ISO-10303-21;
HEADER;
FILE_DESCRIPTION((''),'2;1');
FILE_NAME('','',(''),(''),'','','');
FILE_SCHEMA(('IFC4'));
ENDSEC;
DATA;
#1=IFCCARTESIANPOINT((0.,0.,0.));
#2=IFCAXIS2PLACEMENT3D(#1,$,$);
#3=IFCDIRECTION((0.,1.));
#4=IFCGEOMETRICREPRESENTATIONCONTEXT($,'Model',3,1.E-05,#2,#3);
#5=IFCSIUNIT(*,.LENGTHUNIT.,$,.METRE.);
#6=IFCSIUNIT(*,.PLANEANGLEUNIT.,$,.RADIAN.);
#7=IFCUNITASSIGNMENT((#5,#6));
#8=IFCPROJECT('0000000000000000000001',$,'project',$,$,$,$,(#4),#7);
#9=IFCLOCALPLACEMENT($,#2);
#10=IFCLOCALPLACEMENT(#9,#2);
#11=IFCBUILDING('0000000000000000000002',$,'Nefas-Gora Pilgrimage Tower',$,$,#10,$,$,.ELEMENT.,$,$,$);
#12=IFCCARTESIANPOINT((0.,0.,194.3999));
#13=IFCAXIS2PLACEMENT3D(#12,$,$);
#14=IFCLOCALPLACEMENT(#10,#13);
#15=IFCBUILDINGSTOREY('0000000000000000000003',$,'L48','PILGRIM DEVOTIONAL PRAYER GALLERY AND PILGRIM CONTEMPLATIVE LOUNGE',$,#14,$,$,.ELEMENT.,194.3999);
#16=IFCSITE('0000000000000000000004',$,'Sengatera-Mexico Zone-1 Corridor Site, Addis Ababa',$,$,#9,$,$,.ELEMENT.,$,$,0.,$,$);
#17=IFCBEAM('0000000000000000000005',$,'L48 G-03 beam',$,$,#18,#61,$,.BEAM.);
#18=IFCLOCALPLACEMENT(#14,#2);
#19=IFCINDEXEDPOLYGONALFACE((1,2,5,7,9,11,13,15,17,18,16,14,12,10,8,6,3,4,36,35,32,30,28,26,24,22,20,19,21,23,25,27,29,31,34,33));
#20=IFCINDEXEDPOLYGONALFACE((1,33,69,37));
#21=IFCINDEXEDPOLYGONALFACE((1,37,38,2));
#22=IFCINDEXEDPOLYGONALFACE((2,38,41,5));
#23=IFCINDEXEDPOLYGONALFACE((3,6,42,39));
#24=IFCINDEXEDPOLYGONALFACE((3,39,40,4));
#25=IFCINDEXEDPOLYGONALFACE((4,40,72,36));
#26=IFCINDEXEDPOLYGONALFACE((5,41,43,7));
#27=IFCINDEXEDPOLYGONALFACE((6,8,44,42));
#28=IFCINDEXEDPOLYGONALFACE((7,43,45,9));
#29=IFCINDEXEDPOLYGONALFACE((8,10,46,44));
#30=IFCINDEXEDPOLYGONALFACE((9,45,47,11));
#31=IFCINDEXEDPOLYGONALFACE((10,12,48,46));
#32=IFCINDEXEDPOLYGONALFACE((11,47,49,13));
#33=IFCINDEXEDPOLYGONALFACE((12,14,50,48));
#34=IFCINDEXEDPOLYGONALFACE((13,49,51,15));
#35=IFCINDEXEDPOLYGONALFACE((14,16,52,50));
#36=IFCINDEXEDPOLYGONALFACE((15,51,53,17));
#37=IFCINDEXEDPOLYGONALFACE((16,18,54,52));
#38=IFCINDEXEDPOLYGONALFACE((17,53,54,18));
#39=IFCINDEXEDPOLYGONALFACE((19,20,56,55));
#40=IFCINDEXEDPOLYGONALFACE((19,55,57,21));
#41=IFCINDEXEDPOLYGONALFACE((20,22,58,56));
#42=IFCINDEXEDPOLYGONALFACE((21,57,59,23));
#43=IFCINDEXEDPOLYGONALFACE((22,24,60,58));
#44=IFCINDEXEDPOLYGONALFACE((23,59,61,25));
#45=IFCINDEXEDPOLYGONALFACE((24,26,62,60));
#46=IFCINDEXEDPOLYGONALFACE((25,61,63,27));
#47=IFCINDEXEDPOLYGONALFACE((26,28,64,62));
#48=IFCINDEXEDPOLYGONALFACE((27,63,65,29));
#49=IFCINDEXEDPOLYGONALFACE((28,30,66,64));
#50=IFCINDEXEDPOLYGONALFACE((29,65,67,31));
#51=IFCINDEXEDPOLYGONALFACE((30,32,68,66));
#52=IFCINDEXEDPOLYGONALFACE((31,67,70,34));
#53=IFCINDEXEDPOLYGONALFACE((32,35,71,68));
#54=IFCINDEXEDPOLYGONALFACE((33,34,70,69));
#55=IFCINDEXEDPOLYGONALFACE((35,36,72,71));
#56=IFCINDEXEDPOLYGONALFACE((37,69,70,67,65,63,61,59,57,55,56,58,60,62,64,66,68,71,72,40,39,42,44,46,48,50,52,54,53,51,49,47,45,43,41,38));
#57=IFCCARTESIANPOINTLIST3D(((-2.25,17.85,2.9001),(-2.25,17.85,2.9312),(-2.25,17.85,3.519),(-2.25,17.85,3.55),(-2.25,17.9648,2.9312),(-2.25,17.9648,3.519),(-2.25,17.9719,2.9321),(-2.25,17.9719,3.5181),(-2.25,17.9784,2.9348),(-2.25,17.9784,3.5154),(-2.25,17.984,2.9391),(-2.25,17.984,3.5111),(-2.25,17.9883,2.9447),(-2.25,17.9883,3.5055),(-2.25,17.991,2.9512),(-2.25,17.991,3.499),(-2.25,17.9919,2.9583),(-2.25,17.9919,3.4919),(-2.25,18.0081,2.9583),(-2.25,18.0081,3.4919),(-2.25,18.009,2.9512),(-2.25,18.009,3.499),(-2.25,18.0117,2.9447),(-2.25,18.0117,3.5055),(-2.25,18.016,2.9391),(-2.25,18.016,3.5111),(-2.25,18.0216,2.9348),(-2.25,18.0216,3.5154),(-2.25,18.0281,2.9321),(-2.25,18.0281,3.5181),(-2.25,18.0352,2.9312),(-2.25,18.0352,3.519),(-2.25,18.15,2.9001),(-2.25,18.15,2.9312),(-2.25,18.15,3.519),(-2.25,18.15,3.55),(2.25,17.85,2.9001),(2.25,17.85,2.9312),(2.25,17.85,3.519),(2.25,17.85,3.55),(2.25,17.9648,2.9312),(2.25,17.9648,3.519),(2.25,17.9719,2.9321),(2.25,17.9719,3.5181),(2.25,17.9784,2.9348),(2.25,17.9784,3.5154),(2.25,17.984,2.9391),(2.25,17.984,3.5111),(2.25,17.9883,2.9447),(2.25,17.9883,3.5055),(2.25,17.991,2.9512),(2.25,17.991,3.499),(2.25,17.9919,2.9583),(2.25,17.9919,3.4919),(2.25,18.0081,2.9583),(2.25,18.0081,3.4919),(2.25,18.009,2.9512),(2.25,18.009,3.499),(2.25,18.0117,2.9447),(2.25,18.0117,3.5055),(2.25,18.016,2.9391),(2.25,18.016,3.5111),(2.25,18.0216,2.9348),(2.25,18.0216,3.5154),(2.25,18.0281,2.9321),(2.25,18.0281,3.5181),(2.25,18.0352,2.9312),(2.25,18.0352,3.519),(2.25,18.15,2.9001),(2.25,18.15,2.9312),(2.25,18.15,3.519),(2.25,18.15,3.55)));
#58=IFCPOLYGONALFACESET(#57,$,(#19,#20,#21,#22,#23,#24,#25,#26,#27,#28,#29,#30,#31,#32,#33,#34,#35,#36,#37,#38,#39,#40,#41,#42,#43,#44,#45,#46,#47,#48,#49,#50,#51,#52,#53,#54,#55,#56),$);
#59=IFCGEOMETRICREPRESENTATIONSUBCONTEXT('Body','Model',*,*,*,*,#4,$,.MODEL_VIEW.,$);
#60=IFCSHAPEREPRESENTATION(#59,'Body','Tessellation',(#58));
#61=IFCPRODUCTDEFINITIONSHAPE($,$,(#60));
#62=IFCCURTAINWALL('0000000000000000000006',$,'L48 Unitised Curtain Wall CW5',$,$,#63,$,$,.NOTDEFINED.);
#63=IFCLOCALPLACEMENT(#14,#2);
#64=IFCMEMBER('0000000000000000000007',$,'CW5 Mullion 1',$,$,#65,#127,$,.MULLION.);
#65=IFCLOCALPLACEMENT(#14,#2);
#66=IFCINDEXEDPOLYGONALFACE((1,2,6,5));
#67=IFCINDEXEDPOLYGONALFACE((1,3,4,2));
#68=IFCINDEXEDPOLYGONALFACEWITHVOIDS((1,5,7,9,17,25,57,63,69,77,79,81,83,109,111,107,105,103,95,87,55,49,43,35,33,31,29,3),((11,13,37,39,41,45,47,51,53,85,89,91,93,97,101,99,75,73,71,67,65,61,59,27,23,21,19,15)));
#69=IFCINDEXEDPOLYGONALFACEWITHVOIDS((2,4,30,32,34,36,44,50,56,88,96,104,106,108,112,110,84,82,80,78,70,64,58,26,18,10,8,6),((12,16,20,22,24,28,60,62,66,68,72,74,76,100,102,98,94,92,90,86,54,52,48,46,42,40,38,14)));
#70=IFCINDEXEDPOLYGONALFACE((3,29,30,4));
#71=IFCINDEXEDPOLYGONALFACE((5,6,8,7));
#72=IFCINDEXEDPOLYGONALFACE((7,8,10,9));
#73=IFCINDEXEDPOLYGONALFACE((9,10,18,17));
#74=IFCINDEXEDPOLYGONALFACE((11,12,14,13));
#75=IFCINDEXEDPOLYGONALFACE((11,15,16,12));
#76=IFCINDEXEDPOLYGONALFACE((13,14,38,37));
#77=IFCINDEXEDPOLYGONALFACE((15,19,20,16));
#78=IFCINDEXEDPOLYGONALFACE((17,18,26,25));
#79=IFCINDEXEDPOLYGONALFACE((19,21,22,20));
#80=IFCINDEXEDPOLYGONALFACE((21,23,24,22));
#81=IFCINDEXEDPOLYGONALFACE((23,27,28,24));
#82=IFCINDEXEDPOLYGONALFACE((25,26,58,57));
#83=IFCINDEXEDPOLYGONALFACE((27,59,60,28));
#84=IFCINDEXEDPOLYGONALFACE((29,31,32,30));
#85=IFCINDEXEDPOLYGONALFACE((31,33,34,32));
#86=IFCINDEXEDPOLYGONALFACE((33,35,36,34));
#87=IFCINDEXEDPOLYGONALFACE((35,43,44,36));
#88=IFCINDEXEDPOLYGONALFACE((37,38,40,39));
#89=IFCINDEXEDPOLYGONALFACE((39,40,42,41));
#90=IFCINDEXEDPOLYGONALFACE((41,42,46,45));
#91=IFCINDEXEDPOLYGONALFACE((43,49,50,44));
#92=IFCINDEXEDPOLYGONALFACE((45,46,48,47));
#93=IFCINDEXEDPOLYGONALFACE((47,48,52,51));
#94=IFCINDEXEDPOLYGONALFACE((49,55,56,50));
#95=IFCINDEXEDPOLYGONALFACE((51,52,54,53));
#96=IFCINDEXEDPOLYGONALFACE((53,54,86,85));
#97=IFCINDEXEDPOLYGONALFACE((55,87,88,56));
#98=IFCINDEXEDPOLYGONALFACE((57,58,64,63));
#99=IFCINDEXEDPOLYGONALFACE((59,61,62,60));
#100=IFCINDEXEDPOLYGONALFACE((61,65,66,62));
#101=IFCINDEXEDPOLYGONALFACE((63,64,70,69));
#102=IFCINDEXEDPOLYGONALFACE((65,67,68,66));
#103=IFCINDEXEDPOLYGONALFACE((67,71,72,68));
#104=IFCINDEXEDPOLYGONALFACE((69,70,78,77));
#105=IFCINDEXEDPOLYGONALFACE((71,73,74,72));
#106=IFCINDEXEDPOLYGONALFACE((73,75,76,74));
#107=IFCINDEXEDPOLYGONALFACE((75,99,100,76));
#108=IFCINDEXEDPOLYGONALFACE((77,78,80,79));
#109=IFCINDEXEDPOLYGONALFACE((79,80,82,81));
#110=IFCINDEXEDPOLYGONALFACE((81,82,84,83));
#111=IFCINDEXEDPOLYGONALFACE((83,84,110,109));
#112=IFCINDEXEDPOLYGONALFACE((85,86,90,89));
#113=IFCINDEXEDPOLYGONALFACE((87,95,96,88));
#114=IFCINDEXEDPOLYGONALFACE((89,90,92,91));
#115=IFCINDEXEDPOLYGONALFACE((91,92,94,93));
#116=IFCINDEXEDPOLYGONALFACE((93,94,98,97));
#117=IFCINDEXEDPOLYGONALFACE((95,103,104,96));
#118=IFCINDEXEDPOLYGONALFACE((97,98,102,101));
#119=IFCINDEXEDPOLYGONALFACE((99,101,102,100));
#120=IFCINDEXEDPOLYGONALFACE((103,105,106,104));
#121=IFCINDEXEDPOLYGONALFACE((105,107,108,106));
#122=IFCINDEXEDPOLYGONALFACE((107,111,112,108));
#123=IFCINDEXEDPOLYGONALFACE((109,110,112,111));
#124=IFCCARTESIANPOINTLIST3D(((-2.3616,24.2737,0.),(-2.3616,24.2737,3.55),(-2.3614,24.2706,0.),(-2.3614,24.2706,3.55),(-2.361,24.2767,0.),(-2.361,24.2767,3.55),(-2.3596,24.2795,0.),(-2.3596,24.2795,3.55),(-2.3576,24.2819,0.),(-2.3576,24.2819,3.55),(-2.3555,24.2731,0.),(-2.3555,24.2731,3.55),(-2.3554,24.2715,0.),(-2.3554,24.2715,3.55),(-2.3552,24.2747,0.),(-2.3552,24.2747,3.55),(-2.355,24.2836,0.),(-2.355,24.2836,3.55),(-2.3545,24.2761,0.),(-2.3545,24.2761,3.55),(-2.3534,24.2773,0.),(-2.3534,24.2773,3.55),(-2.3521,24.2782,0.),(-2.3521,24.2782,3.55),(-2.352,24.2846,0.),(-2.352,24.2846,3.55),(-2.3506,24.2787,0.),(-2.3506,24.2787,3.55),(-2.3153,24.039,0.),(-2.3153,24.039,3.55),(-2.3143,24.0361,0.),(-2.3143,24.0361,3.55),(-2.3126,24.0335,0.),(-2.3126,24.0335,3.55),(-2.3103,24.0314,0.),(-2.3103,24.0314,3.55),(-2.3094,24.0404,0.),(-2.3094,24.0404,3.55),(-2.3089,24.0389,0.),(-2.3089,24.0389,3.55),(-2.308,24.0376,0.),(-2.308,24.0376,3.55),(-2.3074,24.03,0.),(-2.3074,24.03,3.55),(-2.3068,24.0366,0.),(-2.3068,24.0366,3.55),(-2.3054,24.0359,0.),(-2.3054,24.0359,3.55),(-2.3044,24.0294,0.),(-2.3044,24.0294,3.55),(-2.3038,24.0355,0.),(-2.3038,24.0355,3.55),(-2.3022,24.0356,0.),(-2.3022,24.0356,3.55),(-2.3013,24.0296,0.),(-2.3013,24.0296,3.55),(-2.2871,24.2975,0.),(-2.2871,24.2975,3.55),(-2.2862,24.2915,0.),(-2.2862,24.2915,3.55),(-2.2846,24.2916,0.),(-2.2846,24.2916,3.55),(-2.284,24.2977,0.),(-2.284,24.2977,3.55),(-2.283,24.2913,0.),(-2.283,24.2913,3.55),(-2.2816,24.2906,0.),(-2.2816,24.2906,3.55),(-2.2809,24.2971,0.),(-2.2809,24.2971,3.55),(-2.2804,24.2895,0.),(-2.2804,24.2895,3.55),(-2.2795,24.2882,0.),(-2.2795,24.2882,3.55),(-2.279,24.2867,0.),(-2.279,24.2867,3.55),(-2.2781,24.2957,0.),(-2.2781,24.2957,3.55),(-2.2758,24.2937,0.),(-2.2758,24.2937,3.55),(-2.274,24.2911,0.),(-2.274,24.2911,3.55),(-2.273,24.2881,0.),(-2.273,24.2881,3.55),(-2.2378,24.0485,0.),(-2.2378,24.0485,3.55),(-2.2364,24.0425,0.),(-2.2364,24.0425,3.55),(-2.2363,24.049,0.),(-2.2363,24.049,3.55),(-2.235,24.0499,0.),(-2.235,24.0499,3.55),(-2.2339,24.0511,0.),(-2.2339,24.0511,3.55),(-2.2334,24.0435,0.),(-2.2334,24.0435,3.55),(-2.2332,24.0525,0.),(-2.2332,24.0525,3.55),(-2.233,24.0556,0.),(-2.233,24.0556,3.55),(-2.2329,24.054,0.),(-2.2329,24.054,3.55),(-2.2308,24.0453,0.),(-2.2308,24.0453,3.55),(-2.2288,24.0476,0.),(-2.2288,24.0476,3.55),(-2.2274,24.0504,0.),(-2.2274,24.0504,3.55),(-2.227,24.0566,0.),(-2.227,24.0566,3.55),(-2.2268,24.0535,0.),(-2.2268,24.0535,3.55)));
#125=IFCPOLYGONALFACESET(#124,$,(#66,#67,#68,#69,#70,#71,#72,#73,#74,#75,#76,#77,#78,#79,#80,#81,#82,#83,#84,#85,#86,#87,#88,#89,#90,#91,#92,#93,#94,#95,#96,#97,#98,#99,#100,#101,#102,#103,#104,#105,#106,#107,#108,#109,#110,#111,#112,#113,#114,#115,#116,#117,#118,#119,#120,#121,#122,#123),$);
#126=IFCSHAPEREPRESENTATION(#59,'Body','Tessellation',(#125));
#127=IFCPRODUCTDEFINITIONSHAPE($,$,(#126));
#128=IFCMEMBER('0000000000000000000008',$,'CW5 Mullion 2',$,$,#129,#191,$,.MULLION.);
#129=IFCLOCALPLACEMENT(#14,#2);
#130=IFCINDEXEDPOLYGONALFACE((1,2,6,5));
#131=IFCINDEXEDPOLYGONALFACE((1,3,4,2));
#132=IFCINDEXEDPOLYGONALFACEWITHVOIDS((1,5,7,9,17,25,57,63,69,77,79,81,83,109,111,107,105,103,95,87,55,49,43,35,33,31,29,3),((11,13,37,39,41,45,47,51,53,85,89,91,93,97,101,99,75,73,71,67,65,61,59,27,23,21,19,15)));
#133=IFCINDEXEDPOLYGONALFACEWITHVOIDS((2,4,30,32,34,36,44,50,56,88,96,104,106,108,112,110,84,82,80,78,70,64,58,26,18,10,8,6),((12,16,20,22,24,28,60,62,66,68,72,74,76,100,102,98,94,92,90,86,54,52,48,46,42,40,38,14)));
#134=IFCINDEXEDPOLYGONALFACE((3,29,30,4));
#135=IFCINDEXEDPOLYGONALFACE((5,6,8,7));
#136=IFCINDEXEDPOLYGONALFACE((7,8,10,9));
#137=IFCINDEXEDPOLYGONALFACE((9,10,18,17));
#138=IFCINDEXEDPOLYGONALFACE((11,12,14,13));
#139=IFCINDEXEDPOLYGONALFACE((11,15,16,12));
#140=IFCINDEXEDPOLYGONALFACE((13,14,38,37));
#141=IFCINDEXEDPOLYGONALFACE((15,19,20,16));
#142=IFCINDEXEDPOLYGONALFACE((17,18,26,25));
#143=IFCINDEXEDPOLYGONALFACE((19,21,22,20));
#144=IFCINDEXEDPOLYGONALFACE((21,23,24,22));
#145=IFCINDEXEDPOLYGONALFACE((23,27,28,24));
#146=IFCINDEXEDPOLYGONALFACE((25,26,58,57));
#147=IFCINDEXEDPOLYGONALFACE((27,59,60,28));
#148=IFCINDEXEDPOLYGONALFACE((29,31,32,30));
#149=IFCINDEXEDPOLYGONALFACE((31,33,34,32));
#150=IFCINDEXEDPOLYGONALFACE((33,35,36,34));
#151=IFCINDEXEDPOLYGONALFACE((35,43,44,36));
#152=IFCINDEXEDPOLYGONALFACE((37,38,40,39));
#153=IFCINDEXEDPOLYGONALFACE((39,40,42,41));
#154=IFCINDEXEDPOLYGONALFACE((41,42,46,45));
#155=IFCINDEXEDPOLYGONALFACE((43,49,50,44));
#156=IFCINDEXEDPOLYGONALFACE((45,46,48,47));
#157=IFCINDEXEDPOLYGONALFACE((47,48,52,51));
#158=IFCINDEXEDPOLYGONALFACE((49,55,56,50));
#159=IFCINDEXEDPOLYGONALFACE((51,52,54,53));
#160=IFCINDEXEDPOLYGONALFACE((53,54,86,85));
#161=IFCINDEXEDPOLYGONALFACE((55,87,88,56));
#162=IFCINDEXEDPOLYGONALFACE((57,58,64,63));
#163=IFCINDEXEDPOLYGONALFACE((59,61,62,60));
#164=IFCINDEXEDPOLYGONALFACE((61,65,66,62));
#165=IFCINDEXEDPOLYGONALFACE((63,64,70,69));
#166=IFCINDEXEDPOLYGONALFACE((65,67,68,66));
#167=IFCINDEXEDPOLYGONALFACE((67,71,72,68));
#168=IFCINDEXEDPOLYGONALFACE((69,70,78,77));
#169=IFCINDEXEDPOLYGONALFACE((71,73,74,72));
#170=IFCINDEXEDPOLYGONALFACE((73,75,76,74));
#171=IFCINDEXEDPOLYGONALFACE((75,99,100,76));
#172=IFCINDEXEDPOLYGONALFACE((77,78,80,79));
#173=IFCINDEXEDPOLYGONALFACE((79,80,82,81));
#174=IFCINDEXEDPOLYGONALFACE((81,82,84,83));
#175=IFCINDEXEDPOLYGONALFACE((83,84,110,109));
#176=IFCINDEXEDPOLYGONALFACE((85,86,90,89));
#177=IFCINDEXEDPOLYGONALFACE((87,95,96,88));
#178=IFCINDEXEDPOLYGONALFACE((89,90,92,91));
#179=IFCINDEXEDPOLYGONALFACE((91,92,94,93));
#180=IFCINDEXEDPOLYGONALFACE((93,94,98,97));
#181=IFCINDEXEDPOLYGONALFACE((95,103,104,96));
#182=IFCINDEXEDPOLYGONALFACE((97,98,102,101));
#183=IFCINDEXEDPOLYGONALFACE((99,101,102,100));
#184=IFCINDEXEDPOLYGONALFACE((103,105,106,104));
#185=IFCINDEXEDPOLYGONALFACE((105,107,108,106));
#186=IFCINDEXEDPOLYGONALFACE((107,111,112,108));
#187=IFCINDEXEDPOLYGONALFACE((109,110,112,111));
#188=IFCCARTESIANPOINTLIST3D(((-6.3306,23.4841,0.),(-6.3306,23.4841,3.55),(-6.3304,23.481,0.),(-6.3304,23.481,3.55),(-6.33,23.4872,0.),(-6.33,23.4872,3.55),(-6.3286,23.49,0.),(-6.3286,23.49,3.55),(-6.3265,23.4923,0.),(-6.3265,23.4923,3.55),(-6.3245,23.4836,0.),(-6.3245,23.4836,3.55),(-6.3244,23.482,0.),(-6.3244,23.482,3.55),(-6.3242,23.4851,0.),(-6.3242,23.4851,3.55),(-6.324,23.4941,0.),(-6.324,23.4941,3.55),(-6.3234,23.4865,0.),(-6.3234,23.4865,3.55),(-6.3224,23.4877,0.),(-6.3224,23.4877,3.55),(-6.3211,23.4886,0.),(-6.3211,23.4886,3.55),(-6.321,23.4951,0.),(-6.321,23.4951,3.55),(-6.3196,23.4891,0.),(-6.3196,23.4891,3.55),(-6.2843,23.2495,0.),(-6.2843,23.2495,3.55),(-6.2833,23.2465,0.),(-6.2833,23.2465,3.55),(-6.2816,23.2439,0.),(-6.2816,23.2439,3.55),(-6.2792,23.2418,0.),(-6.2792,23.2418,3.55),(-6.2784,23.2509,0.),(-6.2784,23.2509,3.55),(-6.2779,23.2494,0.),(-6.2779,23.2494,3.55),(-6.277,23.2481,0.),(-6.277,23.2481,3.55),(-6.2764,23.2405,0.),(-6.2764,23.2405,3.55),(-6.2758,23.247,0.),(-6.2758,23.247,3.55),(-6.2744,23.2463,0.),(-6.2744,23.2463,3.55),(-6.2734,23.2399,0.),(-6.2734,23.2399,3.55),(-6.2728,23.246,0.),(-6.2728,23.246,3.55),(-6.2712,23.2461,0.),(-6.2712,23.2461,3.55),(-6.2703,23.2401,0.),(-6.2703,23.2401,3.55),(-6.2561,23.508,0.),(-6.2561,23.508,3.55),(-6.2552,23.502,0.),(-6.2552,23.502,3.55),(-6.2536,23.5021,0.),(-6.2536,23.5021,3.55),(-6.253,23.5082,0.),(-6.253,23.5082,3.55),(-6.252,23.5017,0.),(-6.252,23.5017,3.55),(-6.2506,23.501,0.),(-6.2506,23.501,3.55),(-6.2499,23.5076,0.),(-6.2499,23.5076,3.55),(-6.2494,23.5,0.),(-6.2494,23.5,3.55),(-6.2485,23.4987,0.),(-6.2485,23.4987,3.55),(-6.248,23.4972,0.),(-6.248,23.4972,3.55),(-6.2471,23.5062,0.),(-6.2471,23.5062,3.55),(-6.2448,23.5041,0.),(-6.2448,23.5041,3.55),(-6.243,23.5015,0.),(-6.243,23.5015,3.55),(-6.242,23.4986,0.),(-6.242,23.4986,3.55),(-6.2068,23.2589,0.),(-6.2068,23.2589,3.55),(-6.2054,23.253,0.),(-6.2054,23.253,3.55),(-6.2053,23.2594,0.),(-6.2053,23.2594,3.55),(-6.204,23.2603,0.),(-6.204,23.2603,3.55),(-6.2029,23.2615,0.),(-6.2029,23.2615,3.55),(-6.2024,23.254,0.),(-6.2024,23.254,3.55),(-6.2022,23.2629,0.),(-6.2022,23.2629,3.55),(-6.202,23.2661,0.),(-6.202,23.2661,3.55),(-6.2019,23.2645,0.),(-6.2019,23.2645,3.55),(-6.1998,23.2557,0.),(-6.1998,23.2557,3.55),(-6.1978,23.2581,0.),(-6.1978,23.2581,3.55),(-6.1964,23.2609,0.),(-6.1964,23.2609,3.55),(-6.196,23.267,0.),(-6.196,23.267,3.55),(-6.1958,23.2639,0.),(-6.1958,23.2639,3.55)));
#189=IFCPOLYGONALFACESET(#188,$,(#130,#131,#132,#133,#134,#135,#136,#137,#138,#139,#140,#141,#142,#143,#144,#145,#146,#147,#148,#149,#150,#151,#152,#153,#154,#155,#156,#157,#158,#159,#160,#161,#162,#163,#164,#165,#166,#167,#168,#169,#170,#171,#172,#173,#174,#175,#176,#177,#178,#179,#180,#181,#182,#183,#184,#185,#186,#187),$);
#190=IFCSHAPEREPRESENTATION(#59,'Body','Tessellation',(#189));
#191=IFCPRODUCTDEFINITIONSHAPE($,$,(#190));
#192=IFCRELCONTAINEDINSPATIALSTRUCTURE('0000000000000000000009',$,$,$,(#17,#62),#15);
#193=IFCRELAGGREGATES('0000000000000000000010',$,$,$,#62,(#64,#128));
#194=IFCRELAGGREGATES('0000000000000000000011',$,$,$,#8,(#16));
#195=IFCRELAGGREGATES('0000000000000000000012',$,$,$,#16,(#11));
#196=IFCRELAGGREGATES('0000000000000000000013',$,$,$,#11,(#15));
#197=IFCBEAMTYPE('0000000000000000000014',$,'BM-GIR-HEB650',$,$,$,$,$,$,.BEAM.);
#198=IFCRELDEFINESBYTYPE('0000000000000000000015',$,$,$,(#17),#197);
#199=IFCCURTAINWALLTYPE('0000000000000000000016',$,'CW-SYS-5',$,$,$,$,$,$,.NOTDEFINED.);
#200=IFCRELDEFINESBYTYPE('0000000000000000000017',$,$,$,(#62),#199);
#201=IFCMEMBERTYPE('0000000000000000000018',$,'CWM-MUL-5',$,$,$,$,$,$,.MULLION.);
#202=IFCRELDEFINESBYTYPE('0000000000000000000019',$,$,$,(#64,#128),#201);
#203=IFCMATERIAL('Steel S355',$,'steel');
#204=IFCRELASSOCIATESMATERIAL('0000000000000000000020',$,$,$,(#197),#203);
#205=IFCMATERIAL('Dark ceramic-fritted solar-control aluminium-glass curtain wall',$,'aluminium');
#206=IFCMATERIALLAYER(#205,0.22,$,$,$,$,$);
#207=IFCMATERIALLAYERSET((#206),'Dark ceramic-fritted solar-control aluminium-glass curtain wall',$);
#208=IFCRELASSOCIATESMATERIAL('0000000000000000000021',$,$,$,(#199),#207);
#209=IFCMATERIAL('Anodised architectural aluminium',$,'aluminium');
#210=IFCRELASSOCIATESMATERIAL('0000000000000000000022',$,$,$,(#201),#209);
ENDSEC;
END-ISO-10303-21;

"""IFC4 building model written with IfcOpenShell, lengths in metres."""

from ifc_helpers import new_model, si_unit, direction, frame, origin, origin_2d, place, context, subcontext, project, spatial, hollow_rectangle, i_section, extrude, source, transform, mapped, material, layer, layer_set, material_profile, profile_set, type_object, element, aggregate, save


model = new_model("IFC4")

# Units and contexts
model_context = context("Model", 3, precision=1e-05, world=origin(), true_north=direction((0.0, 1.0)))
body_context = subcontext(model_context, "Body", "Model", "MODEL_VIEW")
ifc_project = project(units=[si_unit("LENGTHUNIT", "METRE"), si_unit("PLANEANGLEUNIT", "RADIAN")], contexts=[model_context])

# Site, building, storey
site_placement = place(None, origin())
site = spatial("IfcSite", under=ifc_project, at=site_placement, Name="Sengatera-Mexico Zone-1 Corridor Site, Addis Ababa", CompositionType="ELEMENT", RefElevation=0.0)
building_placement = place(site_placement, origin())
building = spatial("IfcBuilding", under=site, at=building_placement, Name="Nefas-Gora Pilgrimage Tower", CompositionType="ELEMENT")
storey_placement = place(building_placement, frame((0.0, 0.0, 194.3999)))
storey = spatial("IfcBuildingStorey", under=building, at=storey_placement, Name="L48", Description="PILGRIM DEVOTIONAL PRAYER GALLERY AND PILGRIM CONTEMPLATIVE LOUNGE", CompositionType="ELEMENT", Elevation=194.3999)

# Beam
ifc_material_1 = material(Name="Steel S355", Category="steel")
ifc_material_profile_1 = material_profile(ifc_material_1, i_section(OverallWidth=0.3, OverallDepth=0.6499, WebThickness=0.0161, FlangeThickness=0.031, FilletRadius=0.0271, at=origin_2d()), Name="HEB 650")
ifc_profile_set_1 = profile_set([ifc_material_profile_1], Name="Steel S355")
beam_type = type_object("IfcBeamType", Name="BM-GIR-HEB650", PredefinedType="BEAM", material=ifc_profile_set_1)
shared_shape_1 = source(origin(), body_context, "Body", "SweptSolid", [
    extrude(i_section(OverallWidth=0.3, OverallDepth=0.6499, WebThickness=0.0161, FlangeThickness=0.031, FilletRadius=0.0271, at=origin_2d()), origin(), (0.0, 0.0, 1.0), 4.5),
])
for number, where, z_axis, x_axis, name in (
    (1, (-2.25, 18.0, 3.2251), (1.0, 0.0, 0.0), (0.0, 1.0, 0.0), "L48 G-03 beam"),
):
    element("IfcBeam", number, at=place(storey_placement, frame(where, z_axis=z_axis, x_axis=x_axis)), inside=storey, type_object=beam_type, Name=name, PredefinedType="BEAM", context=body_context, shape_type="MappedRepresentation", body=[
        mapped(shared_shape_1, transform((0.0, 0.0, 0.0), x_axis=(1.0, 0.0, 0.0), y_axis=(0.0, 1.0, 0.0), z_axis=(0.0, 0.0, 1.0), scale=1.0)),
    ])

# Curtain wall, members
ifc_material_2 = material(Name="Dark ceramic-fritted solar-control aluminium-glass curtain wall", Category="aluminium")
ifc_layer_1 = layer(ifc_material_2, 0.22)
ifc_layer_set_1 = layer_set([ifc_layer_1], Name="Dark ceramic-fritted solar-control aluminium-glass curtain wall")
curtain_wall_type = type_object("IfcCurtainWallType", Name="CW-SYS-5", PredefinedType="NOTDEFINED", material=ifc_layer_set_1)
curtain_wall_1_placement = place(storey_placement, origin())
curtain_wall_1 = element("IfcCurtainWall", 2, at=curtain_wall_1_placement, inside=storey, type_object=curtain_wall_type, Name="L48 Unitised Curtain Wall CW5", PredefinedType="NOTDEFINED")
ifc_material_3 = material(Name="Anodised architectural aluminium", Category="aluminium")
ifc_material_profile_2 = material_profile(ifc_material_3, hollow_rectangle(XDim=0.0901, YDim=0.26, WallThickness=0.0061, InnerFilletRadius=0.0061, OuterFilletRadius=0.012, at=origin_2d()), Name="ALU MULLION 90x260")
ifc_profile_set_2 = profile_set([ifc_material_profile_2], Name="Anodised architectural aluminium")
member_type_1 = type_object("IfcMemberType", Name="CWM-MUL-5", PredefinedType="MULLION", material=ifc_profile_set_2)
shared_shape_2 = source(origin(), body_context, "Body", "SweptSolid", [
    extrude(hollow_rectangle(XDim=0.0901, YDim=0.26, WallThickness=0.0061, InnerFilletRadius=0.0061, OuterFilletRadius=0.012, at=origin_2d()), origin(), (0.0, 0.0, 1.0), 3.55),
])
member_1_placement = place(storey_placement, frame((-2.2942, 24.1636, 0.0), z_axis=(0.0, 0.0, 1.0), x_axis=(-0.980783, -0.195102, 0.0)))
member_1 = element("IfcMember", 3, at=member_1_placement, type_object=member_type_1, Name="CW5 Mullion 1", PredefinedType="MULLION", context=body_context, shape_type="MappedRepresentation", body=[
    mapped(shared_shape_2, transform((0.0, 0.0, 0.0), x_axis=(1.0, 0.0, 0.0), y_axis=(0.0, 1.0, 0.0), z_axis=(0.0, 0.0, 1.0), scale=1.0)),
])
member_2_placement = place(storey_placement, frame((-6.2632, 23.374, 0.0), z_axis=(0.0, 0.0, 1.0), x_axis=(-0.980783, -0.195102, 0.0)))
member_2 = element("IfcMember", 4, at=member_2_placement, type_object=member_type_1, Name="CW5 Mullion 2", PredefinedType="MULLION", context=body_context, shape_type="MappedRepresentation", body=[
    mapped(shared_shape_2, transform((0.0, 0.0, 0.0), x_axis=(1.0, 0.0, 0.0), y_axis=(0.0, 1.0, 0.0), z_axis=(0.0, 0.0, 1.0), scale=1.0)),
])

aggregate(curtain_wall_1, [member_1, member_2])

save(model, "model.ifc")
